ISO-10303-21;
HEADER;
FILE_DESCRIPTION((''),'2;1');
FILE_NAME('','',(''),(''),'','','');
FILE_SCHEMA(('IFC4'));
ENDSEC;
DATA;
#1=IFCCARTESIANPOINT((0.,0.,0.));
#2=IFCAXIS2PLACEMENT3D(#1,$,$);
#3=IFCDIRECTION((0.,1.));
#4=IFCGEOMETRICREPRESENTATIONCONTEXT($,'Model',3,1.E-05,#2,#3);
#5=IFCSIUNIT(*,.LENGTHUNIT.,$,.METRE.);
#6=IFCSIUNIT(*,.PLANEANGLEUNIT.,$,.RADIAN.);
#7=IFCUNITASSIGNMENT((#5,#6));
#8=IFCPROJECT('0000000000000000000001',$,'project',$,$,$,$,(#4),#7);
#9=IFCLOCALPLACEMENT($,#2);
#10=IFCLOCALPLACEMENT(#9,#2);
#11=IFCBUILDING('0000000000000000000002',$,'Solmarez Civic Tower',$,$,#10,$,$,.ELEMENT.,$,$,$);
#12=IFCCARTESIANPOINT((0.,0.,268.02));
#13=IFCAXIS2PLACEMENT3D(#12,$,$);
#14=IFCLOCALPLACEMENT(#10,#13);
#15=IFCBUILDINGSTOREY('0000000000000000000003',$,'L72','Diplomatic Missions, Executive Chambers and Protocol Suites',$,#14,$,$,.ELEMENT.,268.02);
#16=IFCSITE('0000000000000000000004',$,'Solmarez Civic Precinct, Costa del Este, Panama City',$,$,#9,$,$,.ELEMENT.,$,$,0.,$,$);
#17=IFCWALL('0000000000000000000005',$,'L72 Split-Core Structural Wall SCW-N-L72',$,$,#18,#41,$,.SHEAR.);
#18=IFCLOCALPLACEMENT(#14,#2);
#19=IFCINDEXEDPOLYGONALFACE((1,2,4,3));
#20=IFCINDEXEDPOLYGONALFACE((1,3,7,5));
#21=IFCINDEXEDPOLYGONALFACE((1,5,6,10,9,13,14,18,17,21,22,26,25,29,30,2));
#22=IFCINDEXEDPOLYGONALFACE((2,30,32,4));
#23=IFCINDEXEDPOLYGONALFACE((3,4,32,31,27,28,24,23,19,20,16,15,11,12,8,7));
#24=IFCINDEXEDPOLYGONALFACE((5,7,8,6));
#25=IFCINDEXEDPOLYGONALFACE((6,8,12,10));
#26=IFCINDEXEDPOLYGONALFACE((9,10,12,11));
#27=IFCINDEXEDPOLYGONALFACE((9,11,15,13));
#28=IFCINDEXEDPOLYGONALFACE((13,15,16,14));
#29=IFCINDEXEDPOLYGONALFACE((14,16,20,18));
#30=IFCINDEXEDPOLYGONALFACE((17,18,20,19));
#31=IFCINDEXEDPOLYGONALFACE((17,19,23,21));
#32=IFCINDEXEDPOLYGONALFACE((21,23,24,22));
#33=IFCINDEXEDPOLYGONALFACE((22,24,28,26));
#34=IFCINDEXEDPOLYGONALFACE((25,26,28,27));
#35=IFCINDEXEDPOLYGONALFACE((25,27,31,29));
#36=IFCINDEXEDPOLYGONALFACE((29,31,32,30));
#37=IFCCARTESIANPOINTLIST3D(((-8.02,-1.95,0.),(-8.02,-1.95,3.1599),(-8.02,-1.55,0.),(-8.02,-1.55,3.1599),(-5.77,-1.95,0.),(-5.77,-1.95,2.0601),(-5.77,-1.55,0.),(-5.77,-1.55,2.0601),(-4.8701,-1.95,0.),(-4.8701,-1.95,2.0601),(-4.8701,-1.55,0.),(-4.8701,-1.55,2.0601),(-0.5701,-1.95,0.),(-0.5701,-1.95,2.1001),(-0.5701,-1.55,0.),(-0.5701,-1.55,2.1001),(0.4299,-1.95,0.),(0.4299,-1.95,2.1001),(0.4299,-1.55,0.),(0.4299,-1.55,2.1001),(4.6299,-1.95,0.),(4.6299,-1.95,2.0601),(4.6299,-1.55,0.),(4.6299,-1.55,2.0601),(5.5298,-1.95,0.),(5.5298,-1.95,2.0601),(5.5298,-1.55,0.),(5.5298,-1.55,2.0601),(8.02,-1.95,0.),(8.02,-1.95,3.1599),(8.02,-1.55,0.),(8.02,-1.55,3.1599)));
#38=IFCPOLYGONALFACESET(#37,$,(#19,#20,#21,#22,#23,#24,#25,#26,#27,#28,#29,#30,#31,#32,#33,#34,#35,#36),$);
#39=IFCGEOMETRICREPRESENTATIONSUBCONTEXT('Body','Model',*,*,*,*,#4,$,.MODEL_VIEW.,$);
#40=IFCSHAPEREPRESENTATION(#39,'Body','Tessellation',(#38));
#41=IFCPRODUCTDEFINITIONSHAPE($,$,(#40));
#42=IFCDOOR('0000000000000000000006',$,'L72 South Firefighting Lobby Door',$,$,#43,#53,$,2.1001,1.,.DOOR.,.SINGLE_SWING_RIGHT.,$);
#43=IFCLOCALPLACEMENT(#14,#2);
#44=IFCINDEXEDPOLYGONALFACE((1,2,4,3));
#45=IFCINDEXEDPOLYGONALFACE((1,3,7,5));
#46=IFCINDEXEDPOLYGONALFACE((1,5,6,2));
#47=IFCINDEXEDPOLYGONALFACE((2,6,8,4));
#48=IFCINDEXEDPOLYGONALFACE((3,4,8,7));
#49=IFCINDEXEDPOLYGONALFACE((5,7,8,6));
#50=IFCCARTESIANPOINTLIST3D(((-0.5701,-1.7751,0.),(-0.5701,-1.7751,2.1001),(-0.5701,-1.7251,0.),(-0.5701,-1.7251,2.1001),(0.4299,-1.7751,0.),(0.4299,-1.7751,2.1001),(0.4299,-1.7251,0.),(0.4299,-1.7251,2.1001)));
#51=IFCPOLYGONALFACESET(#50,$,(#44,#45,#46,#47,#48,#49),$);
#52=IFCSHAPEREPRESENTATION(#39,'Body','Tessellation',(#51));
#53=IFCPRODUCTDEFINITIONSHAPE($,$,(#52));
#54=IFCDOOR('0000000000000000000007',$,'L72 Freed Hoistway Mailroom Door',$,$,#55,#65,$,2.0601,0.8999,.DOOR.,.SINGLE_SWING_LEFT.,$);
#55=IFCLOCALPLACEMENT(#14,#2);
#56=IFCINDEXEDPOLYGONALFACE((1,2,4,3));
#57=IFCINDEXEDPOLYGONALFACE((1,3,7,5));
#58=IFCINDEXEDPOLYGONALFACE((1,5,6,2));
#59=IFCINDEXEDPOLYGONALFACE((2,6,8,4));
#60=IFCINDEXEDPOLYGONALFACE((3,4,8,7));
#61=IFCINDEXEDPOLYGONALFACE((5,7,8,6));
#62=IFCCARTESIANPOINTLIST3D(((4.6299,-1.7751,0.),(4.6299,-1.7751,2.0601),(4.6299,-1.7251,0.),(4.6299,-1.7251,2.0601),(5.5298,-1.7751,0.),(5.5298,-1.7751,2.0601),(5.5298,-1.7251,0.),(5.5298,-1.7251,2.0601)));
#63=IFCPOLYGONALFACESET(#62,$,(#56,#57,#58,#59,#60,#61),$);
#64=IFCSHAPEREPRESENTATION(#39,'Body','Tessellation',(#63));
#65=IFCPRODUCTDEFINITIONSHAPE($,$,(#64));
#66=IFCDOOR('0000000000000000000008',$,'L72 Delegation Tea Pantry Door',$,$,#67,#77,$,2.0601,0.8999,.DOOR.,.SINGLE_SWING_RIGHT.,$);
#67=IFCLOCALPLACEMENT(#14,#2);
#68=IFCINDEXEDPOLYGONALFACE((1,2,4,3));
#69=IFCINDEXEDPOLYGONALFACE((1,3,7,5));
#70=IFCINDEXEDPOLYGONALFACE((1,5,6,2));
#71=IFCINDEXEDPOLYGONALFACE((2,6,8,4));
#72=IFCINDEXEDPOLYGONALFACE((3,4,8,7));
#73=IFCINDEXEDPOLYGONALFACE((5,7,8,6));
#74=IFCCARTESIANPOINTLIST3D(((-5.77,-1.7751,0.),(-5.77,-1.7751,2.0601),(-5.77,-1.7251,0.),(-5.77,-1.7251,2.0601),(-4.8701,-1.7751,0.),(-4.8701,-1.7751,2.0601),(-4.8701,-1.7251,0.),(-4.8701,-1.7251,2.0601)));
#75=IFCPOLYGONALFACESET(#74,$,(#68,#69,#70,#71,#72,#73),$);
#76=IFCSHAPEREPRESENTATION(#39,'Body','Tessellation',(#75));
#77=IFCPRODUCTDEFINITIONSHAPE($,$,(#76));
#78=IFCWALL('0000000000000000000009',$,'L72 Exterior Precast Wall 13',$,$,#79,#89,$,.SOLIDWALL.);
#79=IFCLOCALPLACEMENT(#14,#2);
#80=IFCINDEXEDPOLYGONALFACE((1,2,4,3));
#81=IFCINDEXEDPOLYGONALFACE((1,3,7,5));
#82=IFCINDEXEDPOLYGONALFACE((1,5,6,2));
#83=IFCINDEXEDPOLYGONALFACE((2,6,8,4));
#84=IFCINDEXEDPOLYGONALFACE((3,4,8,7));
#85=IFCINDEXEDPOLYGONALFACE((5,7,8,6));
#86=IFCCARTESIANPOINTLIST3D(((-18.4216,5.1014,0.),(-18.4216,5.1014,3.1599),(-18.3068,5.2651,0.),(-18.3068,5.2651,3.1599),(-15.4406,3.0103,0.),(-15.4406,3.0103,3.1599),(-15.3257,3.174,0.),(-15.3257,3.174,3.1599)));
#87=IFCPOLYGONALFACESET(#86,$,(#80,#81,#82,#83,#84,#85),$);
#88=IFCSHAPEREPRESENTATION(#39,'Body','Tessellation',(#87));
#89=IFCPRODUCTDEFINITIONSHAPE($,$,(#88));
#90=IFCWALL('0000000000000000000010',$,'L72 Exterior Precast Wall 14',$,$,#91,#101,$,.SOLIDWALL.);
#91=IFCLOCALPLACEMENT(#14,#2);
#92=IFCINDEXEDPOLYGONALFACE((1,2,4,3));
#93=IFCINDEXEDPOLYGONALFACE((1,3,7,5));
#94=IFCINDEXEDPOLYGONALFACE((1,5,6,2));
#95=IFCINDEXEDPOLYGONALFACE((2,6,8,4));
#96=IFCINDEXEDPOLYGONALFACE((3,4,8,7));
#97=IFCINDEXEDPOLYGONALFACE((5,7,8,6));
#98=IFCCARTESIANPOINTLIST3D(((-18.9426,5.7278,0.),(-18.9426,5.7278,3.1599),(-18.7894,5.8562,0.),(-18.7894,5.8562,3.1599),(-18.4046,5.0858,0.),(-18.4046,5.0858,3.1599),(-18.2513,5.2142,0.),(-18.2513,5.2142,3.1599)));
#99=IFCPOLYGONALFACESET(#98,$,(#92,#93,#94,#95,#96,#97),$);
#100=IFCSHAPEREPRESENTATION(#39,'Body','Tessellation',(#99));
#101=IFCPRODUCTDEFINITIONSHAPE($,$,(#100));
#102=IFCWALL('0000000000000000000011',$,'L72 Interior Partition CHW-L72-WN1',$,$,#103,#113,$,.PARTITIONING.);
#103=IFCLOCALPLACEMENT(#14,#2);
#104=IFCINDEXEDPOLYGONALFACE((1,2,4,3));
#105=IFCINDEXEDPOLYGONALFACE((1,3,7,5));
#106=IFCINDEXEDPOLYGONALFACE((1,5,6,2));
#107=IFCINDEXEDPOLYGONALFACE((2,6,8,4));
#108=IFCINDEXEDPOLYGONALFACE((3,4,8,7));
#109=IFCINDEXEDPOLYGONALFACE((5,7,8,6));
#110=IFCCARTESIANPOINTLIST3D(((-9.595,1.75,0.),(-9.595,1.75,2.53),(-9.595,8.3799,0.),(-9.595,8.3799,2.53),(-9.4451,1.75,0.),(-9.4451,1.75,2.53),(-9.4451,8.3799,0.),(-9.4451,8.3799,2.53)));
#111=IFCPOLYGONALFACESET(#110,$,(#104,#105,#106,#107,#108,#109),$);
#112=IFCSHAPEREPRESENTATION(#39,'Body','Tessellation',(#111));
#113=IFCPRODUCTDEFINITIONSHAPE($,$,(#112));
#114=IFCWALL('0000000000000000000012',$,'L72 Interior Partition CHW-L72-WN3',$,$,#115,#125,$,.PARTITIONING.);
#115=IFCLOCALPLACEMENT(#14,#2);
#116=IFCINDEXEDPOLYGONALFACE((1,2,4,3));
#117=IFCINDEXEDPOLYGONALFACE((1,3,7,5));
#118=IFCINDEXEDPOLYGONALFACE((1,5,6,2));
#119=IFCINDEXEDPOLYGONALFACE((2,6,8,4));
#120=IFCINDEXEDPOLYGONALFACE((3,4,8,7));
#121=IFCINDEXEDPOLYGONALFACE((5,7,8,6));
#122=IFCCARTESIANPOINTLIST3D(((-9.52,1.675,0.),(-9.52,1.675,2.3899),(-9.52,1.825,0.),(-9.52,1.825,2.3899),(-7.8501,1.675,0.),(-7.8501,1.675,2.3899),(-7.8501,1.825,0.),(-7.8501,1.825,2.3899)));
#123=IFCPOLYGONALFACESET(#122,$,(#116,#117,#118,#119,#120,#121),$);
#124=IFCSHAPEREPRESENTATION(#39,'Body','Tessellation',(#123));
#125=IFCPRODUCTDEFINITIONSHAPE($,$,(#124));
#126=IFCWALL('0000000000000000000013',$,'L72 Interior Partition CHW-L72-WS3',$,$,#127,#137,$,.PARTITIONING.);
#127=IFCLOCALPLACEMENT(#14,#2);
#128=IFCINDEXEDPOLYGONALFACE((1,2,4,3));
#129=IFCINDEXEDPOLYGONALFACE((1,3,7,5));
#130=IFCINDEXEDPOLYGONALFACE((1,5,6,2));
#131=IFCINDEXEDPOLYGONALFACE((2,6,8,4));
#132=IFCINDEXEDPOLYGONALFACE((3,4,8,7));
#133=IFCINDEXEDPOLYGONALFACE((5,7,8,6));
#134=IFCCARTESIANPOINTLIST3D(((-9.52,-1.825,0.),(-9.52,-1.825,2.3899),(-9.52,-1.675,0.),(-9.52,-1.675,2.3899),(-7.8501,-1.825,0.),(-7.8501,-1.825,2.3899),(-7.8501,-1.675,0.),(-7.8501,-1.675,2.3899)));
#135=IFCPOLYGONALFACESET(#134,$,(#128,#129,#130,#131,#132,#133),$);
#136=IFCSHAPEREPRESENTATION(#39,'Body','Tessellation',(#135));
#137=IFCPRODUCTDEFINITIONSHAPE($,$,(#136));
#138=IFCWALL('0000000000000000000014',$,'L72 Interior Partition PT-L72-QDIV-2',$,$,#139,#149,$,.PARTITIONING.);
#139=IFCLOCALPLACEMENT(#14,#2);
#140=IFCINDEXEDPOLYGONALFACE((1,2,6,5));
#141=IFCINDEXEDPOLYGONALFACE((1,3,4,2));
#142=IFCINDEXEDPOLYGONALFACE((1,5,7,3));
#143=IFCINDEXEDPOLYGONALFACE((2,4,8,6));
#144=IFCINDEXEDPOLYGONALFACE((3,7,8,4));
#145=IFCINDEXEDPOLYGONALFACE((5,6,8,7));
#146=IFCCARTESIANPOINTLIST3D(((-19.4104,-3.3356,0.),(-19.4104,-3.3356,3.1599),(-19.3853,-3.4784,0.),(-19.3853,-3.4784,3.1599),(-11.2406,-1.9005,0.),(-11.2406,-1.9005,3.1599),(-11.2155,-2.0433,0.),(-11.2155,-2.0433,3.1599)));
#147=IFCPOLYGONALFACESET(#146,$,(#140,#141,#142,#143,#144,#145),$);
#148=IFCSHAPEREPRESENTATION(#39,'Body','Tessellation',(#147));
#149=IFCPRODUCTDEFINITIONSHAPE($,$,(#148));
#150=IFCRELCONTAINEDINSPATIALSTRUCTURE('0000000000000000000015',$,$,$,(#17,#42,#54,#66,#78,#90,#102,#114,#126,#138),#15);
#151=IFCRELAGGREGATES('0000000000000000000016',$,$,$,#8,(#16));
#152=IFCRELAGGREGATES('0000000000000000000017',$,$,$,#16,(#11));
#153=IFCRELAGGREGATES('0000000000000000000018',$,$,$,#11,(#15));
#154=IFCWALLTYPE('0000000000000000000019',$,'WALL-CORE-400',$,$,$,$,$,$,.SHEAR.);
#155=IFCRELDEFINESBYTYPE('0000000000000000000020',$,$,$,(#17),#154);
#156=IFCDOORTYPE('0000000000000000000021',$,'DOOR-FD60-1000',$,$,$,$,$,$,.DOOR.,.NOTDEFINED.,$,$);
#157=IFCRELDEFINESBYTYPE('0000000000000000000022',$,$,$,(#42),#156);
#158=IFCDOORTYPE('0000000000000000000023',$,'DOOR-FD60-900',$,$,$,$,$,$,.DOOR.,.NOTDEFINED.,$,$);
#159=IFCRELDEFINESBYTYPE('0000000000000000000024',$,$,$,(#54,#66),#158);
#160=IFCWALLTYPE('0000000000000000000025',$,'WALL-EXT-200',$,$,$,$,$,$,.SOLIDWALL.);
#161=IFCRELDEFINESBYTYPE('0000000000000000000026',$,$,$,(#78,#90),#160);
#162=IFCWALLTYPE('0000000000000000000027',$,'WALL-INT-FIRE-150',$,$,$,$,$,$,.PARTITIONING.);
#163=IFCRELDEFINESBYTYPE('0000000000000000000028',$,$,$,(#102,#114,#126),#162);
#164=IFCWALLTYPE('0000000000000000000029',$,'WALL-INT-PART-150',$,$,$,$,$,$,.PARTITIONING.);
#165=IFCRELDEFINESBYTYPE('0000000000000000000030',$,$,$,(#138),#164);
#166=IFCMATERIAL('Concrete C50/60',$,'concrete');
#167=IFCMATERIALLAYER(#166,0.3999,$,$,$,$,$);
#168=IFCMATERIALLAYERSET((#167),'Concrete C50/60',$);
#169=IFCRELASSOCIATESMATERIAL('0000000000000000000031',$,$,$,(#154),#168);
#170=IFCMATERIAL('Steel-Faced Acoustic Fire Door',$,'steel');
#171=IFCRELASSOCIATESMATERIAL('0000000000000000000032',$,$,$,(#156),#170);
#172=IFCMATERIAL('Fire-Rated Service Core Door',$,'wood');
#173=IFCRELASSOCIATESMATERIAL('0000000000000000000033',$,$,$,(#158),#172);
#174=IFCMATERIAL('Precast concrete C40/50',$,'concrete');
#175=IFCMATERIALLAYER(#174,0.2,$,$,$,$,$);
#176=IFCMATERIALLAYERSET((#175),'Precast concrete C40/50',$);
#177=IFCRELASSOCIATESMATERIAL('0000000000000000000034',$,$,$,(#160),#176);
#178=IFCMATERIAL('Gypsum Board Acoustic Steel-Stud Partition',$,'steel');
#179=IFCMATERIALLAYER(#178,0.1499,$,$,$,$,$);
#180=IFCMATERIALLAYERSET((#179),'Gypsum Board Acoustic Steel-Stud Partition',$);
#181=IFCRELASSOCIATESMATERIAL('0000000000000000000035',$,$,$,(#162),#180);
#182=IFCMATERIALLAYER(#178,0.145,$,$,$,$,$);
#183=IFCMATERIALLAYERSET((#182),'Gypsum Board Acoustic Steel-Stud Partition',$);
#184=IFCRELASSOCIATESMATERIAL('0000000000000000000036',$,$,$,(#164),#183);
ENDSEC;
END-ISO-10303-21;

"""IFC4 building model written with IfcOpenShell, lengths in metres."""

from ifc_helpers import new_model, si_unit, direction, frame, frame_2d, origin, place, context, subcontext, project, spatial, rectangle, extrude, material, layer, layer_set, type_object, element, fill, save


model = new_model("IFC4")

# Units and contexts
model_context = context("Model", 3, precision=1e-05, world=origin(), true_north=direction((0.0, 1.0)))
body_context = subcontext(model_context, "Body", "Model", "MODEL_VIEW")
ifc_project = project(units=[si_unit("LENGTHUNIT", "METRE"), si_unit("PLANEANGLEUNIT", "RADIAN")], contexts=[model_context])

# Site, building, storey
site_placement = place(None, origin())
site = spatial("IfcSite", under=ifc_project, at=site_placement, Name="Solmarez Civic Precinct, Costa del Este, Panama City", CompositionType="ELEMENT", RefElevation=0.0)
building_placement = place(site_placement, origin())
building = spatial("IfcBuilding", under=site, at=building_placement, Name="Solmarez Civic Tower", CompositionType="ELEMENT")
storey_placement = place(building_placement, frame((0.0, 0.0, 268.02)))
storey = spatial("IfcBuildingStorey", under=building, at=storey_placement, Name="L72", Description="Diplomatic Missions, Executive Chambers and Protocol Suites", CompositionType="ELEMENT", Elevation=268.02)

# Shared definitions
ifc_material_1 = material(Name="Concrete C50/60", Category="concrete")

# Shared definitions
ifc_layer_1 = layer(ifc_material_1, 0.3999)
ifc_layer_set_1 = layer_set([ifc_layer_1], Name="Concrete C50/60")
wall_type_1 = type_object("IfcWallType", Name="WALL-CORE-400", PredefinedType="SHEAR", material=ifc_layer_set_1)

# Wall, openings, doors
wall_1_placement = place(storey_placement, frame((-8.02, -1.75, 0.0), z_axis=(0.0, 0.0, 1.0), x_axis=(1.0, 0.0, 0.0)))
wall_1 = element("IfcWall", 1, at=wall_1_placement, inside=storey, type_object=wall_type_1, Name="L72 Split-Core Structural Wall SCW-N-L72", PredefinedType="SHEAR", context=body_context, shape_type="SweptSolid", body=[
    extrude(rectangle(XDim=16.04, YDim=0.3999, at=frame_2d((8.02, 0.0))), origin(), (0.0, 0.0, 1.0), 3.1599),
])
opening_1_placement = place(wall_1_placement, frame((7.45, 0.0, 0.0)))
opening_1 = element("IfcOpeningElement", 2, at=opening_1_placement, cuts=wall_1, PredefinedType="OPENING", context=body_context, shape_type="SweptSolid", body=[
    extrude(rectangle(XDim=1.0, YDim=2.1001, at=frame_2d((0.5, 1.05))), frame((0.0, 0.21, 0.0), z_axis=(0.0, -1.0, 0.0), x_axis=(1.0, 0.0, 0.0)), (0.0, 0.0, 1.0), 0.4199),
])
opening_2_placement = place(wall_1_placement, frame((12.6499, 0.0, 0.0)))
opening_2 = element("IfcOpeningElement", 3, at=opening_2_placement, cuts=wall_1, PredefinedType="OPENING", context=body_context, shape_type="SweptSolid", body=[
    extrude(rectangle(XDim=0.8999, YDim=2.0601, at=frame_2d((0.45, 1.03))), frame((0.0, 0.21, 0.0), z_axis=(0.0, -1.0, 0.0), x_axis=(1.0, 0.0, 0.0)), (0.0, 0.0, 1.0), 0.4199),
])
opening_3_placement = place(wall_1_placement, frame((2.25, 0.0, 0.0)))
opening_3 = element("IfcOpeningElement", 4, at=opening_3_placement, cuts=wall_1, PredefinedType="OPENING", context=body_context, shape_type="SweptSolid", body=[
    extrude(rectangle(XDim=0.8999, YDim=2.0601, at=frame_2d((0.45, 1.03))), frame((0.0, 0.21, 0.0), z_axis=(0.0, -1.0, 0.0), x_axis=(1.0, 0.0, 0.0)), (0.0, 0.0, 1.0), 0.4199),
])
ifc_material_2 = material(Name="Steel-Faced Acoustic Fire Door", Category="steel")
door_type_1 = type_object("IfcDoorType", Name="DOOR-FD60-1000", OperationType="NOTDEFINED", PredefinedType="DOOR", material=ifc_material_2)
door_1_placement = place(opening_1_placement, origin())
door_1 = element("IfcDoor", 5, at=door_1_placement, inside=storey, type_object=door_type_1, Name="L72 South Firefighting Lobby Door", OperationType="SINGLE_SWING_RIGHT", OverallHeight=2.1001, OverallWidth=1.0, PredefinedType="DOOR", context=body_context, shape_type="SweptSolid", body=[
    extrude(rectangle(XDim=1.0, YDim=2.1001, at=frame_2d((0.5, 1.05))), frame((0.0, 0.0249, 0.0), z_axis=(0.0, -1.0, 0.0), x_axis=(1.0, 0.0, 0.0)), (0.0, 0.0, 1.0), 0.05),
])
fill(opening_1, door_1)
ifc_material_3 = material(Name="Fire-Rated Service Core Door", Category="wood")
door_type_2 = type_object("IfcDoorType", Name="DOOR-FD60-900", OperationType="NOTDEFINED", PredefinedType="DOOR", material=ifc_material_3)
door_2_placement = place(opening_2_placement, origin())
door_2 = element("IfcDoor", 6, at=door_2_placement, inside=storey, type_object=door_type_2, Name="L72 Freed Hoistway Mailroom Door", OperationType="SINGLE_SWING_LEFT", OverallHeight=2.0601, OverallWidth=0.8999, PredefinedType="DOOR", context=body_context, shape_type="SweptSolid", body=[
    extrude(rectangle(XDim=0.8999, YDim=2.0601, at=frame_2d((0.45, 1.03))), frame((0.0, 0.0249, 0.0), z_axis=(0.0, -1.0, 0.0), x_axis=(1.0, 0.0, 0.0)), (0.0, 0.0, 1.0), 0.05),
])
fill(opening_2, door_2)
door_3_placement = place(opening_3_placement, origin())
door_3 = element("IfcDoor", 7, at=door_3_placement, inside=storey, type_object=door_type_2, Name="L72 Delegation Tea Pantry Door", OperationType="SINGLE_SWING_RIGHT", OverallHeight=2.0601, OverallWidth=0.8999, PredefinedType="DOOR", context=body_context, shape_type="SweptSolid", body=[
    extrude(rectangle(XDim=0.8999, YDim=2.0601, at=frame_2d((0.45, 1.03))), frame((0.0, 0.0249, 0.0), z_axis=(0.0, -1.0, 0.0), x_axis=(1.0, 0.0, 0.0)), (0.0, 0.0, 1.0), 0.05),
])
fill(opening_3, door_3)

# Walls
ifc_material_4 = material(Name="Precast concrete C40/50", Category="concrete")
ifc_layer_2 = layer(ifc_material_4, 0.2)
ifc_layer_set_2 = layer_set([ifc_layer_2], Name="Precast concrete C40/50")
wall_type_2 = type_object("IfcWallType", Name="WALL-EXT-200", PredefinedType="SOLIDWALL", material=ifc_layer_set_2)
wall_2_placement = place(storey_placement, frame((-15.3831, 3.092, 0.0), z_axis=(0.0, 0.0, 1.0), x_axis=(-0.818665, 0.574272, 0.0)))
element("IfcWall", 8, at=wall_2_placement, inside=storey, type_object=wall_type_2, Name="L72 Exterior Precast Wall 13", PredefinedType="SOLIDWALL", context=body_context, shape_type="SweptSolid", body=[
    extrude(rectangle(XDim=3.6414, YDim=0.2, at=frame_2d((1.8208, 0.0))), origin(), (0.0, 0.0, 1.0), 3.1599),
])
wall_3_placement = place(storey_placement, frame((-18.3279, 5.1499, 0.0), z_axis=(0.0, 0.0, 1.0), x_axis=(-0.642303, 0.766451, 0.0)))
element("IfcWall", 9, at=wall_3_placement, inside=storey, type_object=wall_type_2, Name="L72 Exterior Precast Wall 14", PredefinedType="SOLIDWALL", context=body_context, shape_type="SweptSolid", body=[
    extrude(rectangle(XDim=0.8376, YDim=0.2, at=frame_2d((0.4189, 0.0))), origin(), (0.0, 0.0, 1.0), 3.1599),
])
ifc_material_5 = material(Name="Gypsum Board Acoustic Steel-Stud Partition", Category="steel")
ifc_layer_3 = layer(ifc_material_5, 0.1499)
ifc_layer_set_3 = layer_set([ifc_layer_3], Name="Gypsum Board Acoustic Steel-Stud Partition")
wall_type_3 = type_object("IfcWallType", Name="WALL-INT-FIRE-150", PredefinedType="PARTITIONING", material=ifc_layer_set_3)
wall_4_placement = place(storey_placement, frame((-9.52, 1.75, 0.0), z_axis=(0.0, 0.0, 1.0), x_axis=(0.0, 1.0, 0.0)))
element("IfcWall", 10, at=wall_4_placement, inside=storey, type_object=wall_type_3, Name="L72 Interior Partition CHW-L72-WN1", PredefinedType="PARTITIONING", context=body_context, shape_type="SweptSolid", body=[
    extrude(rectangle(XDim=6.6299, YDim=0.1499, at=frame_2d((3.3149, 0.0))), origin(), (0.0, 0.0, 1.0), 2.53),
])
for number, where, z_axis, x_axis, name in (
    (11, (-7.8501, 1.75, 0.0), (0.0, 0.0, 1.0), (-1.0, 0.0, 0.0), "L72 Interior Partition CHW-L72-WN3"),
    (12, (-7.8501, -1.75, 0.0), (0.0, 0.0, 1.0), (-1.0, 0.0, 0.0), "L72 Interior Partition CHW-L72-WS3"),
):
    element("IfcWall", number, at=place(storey_placement, frame(where, z_axis=z_axis, x_axis=x_axis)), inside=storey, type_object=wall_type_3, Name=name, PredefinedType="PARTITIONING", context=body_context, shape_type="SweptSolid", body=[
        extrude(rectangle(XDim=1.6699, YDim=0.1499, at=frame_2d((0.835, 0.0))), origin(), (0.0, 0.0, 1.0), 2.3899),
    ])
ifc_layer_4 = layer(ifc_material_5, 0.145)
ifc_layer_set_4 = layer_set([ifc_layer_4], Name="Gypsum Board Acoustic Steel-Stud Partition")
wall_type_4 = type_object("IfcWallType", Name="WALL-INT-PART-150", PredefinedType="PARTITIONING", material=ifc_layer_set_4)
wall_5_placement = place(storey_placement, frame((-11.228, -1.9719, 0.0), z_axis=(0.0, 0.0, 1.0), x_axis=(-0.984921, -0.173003, 0.0)))
element("IfcWall", 13, at=wall_5_placement, inside=storey, type_object=wall_type_4, Name="L72 Interior Partition PT-L72-QDIV-2", PredefinedType="PARTITIONING", context=body_context, shape_type="SweptSolid", body=[
    extrude(rectangle(XDim=8.2949, YDim=0.145, at=frame_2d((4.1475, 0.0))), origin(), (0.0, 0.0, 1.0), 3.1599),
])

save(model, "model.ifc")
